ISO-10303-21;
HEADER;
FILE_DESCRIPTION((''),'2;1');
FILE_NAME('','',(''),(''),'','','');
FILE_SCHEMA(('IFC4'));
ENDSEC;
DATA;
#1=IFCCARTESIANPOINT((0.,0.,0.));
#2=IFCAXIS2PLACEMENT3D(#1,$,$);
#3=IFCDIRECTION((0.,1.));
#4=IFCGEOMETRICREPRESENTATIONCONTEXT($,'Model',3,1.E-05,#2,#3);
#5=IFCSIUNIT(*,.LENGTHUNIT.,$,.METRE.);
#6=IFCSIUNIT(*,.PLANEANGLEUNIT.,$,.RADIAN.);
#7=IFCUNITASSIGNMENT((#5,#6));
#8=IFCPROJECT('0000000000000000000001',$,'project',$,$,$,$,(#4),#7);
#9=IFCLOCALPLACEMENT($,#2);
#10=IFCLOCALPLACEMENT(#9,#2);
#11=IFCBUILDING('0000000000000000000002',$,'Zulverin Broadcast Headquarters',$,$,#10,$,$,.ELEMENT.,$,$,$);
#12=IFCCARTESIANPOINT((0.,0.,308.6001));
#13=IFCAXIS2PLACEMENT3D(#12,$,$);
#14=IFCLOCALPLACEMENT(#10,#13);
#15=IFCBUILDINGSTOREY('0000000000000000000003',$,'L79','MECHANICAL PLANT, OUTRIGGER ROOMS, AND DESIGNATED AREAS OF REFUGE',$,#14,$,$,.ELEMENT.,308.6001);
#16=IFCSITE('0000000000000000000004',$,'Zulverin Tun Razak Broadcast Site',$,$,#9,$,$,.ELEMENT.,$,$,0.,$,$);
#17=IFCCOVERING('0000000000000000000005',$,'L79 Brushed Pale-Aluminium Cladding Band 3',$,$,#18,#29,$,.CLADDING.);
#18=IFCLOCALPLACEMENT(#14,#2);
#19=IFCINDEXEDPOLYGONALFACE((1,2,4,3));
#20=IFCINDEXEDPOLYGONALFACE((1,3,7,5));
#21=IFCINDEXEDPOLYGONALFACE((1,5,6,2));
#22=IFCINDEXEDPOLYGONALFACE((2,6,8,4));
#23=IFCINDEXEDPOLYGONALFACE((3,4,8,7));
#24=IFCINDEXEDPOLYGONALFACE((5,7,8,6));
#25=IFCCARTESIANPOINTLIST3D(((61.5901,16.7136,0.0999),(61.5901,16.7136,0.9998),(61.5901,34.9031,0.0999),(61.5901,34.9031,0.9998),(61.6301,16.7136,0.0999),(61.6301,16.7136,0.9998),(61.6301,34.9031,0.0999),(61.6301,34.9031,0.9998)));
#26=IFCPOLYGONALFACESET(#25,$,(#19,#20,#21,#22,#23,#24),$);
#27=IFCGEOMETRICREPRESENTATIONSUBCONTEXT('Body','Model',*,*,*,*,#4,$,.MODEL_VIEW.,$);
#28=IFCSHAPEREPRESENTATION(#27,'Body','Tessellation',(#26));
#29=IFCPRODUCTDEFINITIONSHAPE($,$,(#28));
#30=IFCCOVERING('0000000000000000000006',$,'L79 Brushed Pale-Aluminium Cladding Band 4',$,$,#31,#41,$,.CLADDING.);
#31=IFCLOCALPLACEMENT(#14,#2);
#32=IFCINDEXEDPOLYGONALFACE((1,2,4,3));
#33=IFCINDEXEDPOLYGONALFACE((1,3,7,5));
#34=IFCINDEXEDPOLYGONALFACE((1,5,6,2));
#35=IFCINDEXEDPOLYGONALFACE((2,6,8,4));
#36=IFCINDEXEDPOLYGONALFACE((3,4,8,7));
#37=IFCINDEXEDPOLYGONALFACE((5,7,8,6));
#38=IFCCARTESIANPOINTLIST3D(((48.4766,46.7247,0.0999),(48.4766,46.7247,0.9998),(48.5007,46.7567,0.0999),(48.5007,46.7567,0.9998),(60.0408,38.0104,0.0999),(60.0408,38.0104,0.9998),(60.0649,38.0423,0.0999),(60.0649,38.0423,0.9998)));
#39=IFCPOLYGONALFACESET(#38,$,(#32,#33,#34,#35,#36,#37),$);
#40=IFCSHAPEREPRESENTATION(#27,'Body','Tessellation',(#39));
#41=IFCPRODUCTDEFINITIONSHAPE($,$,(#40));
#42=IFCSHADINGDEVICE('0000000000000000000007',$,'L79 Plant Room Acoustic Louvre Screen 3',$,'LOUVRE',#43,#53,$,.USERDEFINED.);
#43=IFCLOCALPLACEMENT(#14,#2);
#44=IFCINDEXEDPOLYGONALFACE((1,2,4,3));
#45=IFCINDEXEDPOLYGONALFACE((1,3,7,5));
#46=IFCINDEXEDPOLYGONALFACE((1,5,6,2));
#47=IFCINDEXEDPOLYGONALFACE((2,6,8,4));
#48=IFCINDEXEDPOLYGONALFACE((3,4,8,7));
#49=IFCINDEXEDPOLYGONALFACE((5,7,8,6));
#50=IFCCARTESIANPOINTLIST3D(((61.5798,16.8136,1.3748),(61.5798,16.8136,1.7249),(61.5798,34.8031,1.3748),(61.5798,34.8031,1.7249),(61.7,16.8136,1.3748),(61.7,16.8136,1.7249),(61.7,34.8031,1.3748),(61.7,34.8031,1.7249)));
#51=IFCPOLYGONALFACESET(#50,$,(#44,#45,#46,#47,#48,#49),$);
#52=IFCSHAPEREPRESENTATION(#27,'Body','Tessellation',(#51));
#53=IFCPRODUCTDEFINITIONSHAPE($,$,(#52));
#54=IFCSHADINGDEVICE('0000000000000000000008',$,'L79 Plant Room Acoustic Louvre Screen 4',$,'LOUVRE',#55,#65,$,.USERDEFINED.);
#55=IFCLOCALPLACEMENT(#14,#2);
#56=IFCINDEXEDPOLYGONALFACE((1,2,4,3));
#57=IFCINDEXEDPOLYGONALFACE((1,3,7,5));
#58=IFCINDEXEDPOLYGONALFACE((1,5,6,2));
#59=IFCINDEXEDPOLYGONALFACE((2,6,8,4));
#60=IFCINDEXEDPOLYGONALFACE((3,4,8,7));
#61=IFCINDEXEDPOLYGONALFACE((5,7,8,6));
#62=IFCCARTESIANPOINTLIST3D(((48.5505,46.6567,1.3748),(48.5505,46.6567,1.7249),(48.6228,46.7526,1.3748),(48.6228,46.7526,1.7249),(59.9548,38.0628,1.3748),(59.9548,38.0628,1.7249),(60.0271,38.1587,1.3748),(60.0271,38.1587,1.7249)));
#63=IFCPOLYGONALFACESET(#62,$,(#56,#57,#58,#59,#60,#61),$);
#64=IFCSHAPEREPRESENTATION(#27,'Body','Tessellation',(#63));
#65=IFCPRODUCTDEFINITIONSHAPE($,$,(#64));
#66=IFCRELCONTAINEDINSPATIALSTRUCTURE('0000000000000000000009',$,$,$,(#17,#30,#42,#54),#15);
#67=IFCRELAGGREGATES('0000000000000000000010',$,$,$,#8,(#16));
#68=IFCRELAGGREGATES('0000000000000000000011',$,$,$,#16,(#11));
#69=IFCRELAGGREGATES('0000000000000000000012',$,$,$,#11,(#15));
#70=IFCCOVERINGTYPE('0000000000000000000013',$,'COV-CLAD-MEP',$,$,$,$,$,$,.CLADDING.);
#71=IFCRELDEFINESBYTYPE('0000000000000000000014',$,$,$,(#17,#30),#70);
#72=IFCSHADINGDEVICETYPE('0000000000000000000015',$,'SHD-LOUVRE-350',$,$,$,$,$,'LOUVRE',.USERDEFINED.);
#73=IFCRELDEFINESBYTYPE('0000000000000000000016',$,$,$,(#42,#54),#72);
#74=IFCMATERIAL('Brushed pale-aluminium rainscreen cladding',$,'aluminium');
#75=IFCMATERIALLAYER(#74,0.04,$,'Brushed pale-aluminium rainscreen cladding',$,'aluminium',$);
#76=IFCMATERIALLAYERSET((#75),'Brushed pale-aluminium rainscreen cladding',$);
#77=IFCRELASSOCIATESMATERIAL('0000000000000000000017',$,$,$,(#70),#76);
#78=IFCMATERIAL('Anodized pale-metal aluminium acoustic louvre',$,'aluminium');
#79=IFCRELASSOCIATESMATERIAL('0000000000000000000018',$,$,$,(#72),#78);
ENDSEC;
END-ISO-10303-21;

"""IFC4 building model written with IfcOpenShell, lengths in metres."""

from ifc_helpers import new_model, si_unit, direction, frame, origin, origin_2d, place, context, subcontext, project, spatial, rectangle, extrude, material, layer, layer_set, type_object, element, save


model = new_model("IFC4")

# Units and contexts
model_context = context("Model", 3, precision=1e-05, world=origin(), true_north=direction((0.0, 1.0)))
body_context = subcontext(model_context, "Body", "Model", "MODEL_VIEW")
ifc_project = project(units=[si_unit("LENGTHUNIT", "METRE"), si_unit("PLANEANGLEUNIT", "RADIAN")], contexts=[model_context])

# Site, building, storey
site_placement = place(None, origin())
site = spatial("IfcSite", under=ifc_project, at=site_placement, Name="Zulverin Tun Razak Broadcast Site", CompositionType="ELEMENT", RefElevation=0.0)
building_placement = place(site_placement, origin())
building = spatial("IfcBuilding", under=site, at=building_placement, Name="Zulverin Broadcast Headquarters", CompositionType="ELEMENT")
storey_placement = place(building_placement, frame((0.0, 0.0, 308.6001)))
storey = spatial("IfcBuildingStorey", under=building, at=storey_placement, Name="L79", Description="MECHANICAL PLANT, OUTRIGGER ROOMS, AND DESIGNATED AREAS OF REFUGE", CompositionType="ELEMENT", Elevation=308.6001)

# Coverings
ifc_material_1 = material(Name="Brushed pale-aluminium rainscreen cladding", Category="aluminium")
ifc_layer_1 = layer(ifc_material_1, 0.04, Name="Brushed pale-aluminium rainscreen cladding", Category="aluminium")
ifc_layer_set_1 = layer_set([ifc_layer_1], Name="Brushed pale-aluminium rainscreen cladding")
covering_type = type_object("IfcCoveringType", Name="COV-CLAD-MEP", PredefinedType="CLADDING", material=ifc_layer_set_1)
covering_1_placement = place(storey_placement, frame((61.6101, 25.8083, 0.0999), z_axis=(0.0, 0.0, 1.0), x_axis=(0.0, 1.0, 0.0)))
element("IfcCovering", 1, at=covering_1_placement, inside=storey, type_object=covering_type, Name="L79 Brushed Pale-Aluminium Cladding Band 3", PredefinedType="CLADDING", context=body_context, shape_type="SweptSolid", body=[
    extrude(rectangle(XDim=18.1895, YDim=0.04, at=origin_2d()), origin(), (0.0, 0.0, 1.0), 0.8999),
])
covering_2_placement = place(storey_placement, frame((54.2708, 42.3835, 0.0999), z_axis=(0.0, 0.0, 1.0), x_axis=(-0.79863, 0.601822, 0.0)))
element("IfcCovering", 2, at=covering_2_placement, inside=storey, type_object=covering_type, Name="L79 Brushed Pale-Aluminium Cladding Band 4", PredefinedType="CLADDING", context=body_context, shape_type="SweptSolid", body=[
    extrude(rectangle(XDim=14.48, YDim=0.04, at=origin_2d()), origin(), (0.0, 0.0, 1.0), 0.8999),
])

# Shading devices
ifc_material_2 = material(Name="Anodized pale-metal aluminium acoustic louvre", Category="aluminium")
shading_device_type = type_object("IfcShadingDeviceType", Name="SHD-LOUVRE-350", ElementType="LOUVRE", PredefinedType="USERDEFINED", material=ifc_material_2)
shading_device_1_placement = place(storey_placement, frame((61.6399, 25.8083, 1.3748), z_axis=(0.0, 0.0, 1.0), x_axis=(0.0, 1.0, 0.0)))
element("IfcShadingDevice", 3, at=shading_device_1_placement, inside=storey, type_object=shading_device_type, Name="L79 Plant Room Acoustic Louvre Screen 3", ObjectType="LOUVRE", PredefinedType="USERDEFINED", context=body_context, shape_type="SweptSolid", body=[
    extrude(rectangle(XDim=17.9895, YDim=0.1201, at=origin_2d()), origin(), (0.0, 0.0, 1.0), 0.3501),
])
shading_device_2_placement = place(storey_placement, frame((54.2888, 42.4077, 1.3748), z_axis=(0.0, 0.0, 1.0), x_axis=(-0.79863, 0.601822, 0.0)))
element("IfcShadingDevice", 4, at=shading_device_2_placement, inside=storey, type_object=shading_device_type, Name="L79 Plant Room Acoustic Louvre Screen 4", ObjectType="LOUVRE", PredefinedType="USERDEFINED", context=body_context, shape_type="SweptSolid", body=[
    extrude(rectangle(XDim=14.2798, YDim=0.1201, at=origin_2d()), origin(), (0.0, 0.0, 1.0), 0.3501),
])

save(model, "model.ifc")
